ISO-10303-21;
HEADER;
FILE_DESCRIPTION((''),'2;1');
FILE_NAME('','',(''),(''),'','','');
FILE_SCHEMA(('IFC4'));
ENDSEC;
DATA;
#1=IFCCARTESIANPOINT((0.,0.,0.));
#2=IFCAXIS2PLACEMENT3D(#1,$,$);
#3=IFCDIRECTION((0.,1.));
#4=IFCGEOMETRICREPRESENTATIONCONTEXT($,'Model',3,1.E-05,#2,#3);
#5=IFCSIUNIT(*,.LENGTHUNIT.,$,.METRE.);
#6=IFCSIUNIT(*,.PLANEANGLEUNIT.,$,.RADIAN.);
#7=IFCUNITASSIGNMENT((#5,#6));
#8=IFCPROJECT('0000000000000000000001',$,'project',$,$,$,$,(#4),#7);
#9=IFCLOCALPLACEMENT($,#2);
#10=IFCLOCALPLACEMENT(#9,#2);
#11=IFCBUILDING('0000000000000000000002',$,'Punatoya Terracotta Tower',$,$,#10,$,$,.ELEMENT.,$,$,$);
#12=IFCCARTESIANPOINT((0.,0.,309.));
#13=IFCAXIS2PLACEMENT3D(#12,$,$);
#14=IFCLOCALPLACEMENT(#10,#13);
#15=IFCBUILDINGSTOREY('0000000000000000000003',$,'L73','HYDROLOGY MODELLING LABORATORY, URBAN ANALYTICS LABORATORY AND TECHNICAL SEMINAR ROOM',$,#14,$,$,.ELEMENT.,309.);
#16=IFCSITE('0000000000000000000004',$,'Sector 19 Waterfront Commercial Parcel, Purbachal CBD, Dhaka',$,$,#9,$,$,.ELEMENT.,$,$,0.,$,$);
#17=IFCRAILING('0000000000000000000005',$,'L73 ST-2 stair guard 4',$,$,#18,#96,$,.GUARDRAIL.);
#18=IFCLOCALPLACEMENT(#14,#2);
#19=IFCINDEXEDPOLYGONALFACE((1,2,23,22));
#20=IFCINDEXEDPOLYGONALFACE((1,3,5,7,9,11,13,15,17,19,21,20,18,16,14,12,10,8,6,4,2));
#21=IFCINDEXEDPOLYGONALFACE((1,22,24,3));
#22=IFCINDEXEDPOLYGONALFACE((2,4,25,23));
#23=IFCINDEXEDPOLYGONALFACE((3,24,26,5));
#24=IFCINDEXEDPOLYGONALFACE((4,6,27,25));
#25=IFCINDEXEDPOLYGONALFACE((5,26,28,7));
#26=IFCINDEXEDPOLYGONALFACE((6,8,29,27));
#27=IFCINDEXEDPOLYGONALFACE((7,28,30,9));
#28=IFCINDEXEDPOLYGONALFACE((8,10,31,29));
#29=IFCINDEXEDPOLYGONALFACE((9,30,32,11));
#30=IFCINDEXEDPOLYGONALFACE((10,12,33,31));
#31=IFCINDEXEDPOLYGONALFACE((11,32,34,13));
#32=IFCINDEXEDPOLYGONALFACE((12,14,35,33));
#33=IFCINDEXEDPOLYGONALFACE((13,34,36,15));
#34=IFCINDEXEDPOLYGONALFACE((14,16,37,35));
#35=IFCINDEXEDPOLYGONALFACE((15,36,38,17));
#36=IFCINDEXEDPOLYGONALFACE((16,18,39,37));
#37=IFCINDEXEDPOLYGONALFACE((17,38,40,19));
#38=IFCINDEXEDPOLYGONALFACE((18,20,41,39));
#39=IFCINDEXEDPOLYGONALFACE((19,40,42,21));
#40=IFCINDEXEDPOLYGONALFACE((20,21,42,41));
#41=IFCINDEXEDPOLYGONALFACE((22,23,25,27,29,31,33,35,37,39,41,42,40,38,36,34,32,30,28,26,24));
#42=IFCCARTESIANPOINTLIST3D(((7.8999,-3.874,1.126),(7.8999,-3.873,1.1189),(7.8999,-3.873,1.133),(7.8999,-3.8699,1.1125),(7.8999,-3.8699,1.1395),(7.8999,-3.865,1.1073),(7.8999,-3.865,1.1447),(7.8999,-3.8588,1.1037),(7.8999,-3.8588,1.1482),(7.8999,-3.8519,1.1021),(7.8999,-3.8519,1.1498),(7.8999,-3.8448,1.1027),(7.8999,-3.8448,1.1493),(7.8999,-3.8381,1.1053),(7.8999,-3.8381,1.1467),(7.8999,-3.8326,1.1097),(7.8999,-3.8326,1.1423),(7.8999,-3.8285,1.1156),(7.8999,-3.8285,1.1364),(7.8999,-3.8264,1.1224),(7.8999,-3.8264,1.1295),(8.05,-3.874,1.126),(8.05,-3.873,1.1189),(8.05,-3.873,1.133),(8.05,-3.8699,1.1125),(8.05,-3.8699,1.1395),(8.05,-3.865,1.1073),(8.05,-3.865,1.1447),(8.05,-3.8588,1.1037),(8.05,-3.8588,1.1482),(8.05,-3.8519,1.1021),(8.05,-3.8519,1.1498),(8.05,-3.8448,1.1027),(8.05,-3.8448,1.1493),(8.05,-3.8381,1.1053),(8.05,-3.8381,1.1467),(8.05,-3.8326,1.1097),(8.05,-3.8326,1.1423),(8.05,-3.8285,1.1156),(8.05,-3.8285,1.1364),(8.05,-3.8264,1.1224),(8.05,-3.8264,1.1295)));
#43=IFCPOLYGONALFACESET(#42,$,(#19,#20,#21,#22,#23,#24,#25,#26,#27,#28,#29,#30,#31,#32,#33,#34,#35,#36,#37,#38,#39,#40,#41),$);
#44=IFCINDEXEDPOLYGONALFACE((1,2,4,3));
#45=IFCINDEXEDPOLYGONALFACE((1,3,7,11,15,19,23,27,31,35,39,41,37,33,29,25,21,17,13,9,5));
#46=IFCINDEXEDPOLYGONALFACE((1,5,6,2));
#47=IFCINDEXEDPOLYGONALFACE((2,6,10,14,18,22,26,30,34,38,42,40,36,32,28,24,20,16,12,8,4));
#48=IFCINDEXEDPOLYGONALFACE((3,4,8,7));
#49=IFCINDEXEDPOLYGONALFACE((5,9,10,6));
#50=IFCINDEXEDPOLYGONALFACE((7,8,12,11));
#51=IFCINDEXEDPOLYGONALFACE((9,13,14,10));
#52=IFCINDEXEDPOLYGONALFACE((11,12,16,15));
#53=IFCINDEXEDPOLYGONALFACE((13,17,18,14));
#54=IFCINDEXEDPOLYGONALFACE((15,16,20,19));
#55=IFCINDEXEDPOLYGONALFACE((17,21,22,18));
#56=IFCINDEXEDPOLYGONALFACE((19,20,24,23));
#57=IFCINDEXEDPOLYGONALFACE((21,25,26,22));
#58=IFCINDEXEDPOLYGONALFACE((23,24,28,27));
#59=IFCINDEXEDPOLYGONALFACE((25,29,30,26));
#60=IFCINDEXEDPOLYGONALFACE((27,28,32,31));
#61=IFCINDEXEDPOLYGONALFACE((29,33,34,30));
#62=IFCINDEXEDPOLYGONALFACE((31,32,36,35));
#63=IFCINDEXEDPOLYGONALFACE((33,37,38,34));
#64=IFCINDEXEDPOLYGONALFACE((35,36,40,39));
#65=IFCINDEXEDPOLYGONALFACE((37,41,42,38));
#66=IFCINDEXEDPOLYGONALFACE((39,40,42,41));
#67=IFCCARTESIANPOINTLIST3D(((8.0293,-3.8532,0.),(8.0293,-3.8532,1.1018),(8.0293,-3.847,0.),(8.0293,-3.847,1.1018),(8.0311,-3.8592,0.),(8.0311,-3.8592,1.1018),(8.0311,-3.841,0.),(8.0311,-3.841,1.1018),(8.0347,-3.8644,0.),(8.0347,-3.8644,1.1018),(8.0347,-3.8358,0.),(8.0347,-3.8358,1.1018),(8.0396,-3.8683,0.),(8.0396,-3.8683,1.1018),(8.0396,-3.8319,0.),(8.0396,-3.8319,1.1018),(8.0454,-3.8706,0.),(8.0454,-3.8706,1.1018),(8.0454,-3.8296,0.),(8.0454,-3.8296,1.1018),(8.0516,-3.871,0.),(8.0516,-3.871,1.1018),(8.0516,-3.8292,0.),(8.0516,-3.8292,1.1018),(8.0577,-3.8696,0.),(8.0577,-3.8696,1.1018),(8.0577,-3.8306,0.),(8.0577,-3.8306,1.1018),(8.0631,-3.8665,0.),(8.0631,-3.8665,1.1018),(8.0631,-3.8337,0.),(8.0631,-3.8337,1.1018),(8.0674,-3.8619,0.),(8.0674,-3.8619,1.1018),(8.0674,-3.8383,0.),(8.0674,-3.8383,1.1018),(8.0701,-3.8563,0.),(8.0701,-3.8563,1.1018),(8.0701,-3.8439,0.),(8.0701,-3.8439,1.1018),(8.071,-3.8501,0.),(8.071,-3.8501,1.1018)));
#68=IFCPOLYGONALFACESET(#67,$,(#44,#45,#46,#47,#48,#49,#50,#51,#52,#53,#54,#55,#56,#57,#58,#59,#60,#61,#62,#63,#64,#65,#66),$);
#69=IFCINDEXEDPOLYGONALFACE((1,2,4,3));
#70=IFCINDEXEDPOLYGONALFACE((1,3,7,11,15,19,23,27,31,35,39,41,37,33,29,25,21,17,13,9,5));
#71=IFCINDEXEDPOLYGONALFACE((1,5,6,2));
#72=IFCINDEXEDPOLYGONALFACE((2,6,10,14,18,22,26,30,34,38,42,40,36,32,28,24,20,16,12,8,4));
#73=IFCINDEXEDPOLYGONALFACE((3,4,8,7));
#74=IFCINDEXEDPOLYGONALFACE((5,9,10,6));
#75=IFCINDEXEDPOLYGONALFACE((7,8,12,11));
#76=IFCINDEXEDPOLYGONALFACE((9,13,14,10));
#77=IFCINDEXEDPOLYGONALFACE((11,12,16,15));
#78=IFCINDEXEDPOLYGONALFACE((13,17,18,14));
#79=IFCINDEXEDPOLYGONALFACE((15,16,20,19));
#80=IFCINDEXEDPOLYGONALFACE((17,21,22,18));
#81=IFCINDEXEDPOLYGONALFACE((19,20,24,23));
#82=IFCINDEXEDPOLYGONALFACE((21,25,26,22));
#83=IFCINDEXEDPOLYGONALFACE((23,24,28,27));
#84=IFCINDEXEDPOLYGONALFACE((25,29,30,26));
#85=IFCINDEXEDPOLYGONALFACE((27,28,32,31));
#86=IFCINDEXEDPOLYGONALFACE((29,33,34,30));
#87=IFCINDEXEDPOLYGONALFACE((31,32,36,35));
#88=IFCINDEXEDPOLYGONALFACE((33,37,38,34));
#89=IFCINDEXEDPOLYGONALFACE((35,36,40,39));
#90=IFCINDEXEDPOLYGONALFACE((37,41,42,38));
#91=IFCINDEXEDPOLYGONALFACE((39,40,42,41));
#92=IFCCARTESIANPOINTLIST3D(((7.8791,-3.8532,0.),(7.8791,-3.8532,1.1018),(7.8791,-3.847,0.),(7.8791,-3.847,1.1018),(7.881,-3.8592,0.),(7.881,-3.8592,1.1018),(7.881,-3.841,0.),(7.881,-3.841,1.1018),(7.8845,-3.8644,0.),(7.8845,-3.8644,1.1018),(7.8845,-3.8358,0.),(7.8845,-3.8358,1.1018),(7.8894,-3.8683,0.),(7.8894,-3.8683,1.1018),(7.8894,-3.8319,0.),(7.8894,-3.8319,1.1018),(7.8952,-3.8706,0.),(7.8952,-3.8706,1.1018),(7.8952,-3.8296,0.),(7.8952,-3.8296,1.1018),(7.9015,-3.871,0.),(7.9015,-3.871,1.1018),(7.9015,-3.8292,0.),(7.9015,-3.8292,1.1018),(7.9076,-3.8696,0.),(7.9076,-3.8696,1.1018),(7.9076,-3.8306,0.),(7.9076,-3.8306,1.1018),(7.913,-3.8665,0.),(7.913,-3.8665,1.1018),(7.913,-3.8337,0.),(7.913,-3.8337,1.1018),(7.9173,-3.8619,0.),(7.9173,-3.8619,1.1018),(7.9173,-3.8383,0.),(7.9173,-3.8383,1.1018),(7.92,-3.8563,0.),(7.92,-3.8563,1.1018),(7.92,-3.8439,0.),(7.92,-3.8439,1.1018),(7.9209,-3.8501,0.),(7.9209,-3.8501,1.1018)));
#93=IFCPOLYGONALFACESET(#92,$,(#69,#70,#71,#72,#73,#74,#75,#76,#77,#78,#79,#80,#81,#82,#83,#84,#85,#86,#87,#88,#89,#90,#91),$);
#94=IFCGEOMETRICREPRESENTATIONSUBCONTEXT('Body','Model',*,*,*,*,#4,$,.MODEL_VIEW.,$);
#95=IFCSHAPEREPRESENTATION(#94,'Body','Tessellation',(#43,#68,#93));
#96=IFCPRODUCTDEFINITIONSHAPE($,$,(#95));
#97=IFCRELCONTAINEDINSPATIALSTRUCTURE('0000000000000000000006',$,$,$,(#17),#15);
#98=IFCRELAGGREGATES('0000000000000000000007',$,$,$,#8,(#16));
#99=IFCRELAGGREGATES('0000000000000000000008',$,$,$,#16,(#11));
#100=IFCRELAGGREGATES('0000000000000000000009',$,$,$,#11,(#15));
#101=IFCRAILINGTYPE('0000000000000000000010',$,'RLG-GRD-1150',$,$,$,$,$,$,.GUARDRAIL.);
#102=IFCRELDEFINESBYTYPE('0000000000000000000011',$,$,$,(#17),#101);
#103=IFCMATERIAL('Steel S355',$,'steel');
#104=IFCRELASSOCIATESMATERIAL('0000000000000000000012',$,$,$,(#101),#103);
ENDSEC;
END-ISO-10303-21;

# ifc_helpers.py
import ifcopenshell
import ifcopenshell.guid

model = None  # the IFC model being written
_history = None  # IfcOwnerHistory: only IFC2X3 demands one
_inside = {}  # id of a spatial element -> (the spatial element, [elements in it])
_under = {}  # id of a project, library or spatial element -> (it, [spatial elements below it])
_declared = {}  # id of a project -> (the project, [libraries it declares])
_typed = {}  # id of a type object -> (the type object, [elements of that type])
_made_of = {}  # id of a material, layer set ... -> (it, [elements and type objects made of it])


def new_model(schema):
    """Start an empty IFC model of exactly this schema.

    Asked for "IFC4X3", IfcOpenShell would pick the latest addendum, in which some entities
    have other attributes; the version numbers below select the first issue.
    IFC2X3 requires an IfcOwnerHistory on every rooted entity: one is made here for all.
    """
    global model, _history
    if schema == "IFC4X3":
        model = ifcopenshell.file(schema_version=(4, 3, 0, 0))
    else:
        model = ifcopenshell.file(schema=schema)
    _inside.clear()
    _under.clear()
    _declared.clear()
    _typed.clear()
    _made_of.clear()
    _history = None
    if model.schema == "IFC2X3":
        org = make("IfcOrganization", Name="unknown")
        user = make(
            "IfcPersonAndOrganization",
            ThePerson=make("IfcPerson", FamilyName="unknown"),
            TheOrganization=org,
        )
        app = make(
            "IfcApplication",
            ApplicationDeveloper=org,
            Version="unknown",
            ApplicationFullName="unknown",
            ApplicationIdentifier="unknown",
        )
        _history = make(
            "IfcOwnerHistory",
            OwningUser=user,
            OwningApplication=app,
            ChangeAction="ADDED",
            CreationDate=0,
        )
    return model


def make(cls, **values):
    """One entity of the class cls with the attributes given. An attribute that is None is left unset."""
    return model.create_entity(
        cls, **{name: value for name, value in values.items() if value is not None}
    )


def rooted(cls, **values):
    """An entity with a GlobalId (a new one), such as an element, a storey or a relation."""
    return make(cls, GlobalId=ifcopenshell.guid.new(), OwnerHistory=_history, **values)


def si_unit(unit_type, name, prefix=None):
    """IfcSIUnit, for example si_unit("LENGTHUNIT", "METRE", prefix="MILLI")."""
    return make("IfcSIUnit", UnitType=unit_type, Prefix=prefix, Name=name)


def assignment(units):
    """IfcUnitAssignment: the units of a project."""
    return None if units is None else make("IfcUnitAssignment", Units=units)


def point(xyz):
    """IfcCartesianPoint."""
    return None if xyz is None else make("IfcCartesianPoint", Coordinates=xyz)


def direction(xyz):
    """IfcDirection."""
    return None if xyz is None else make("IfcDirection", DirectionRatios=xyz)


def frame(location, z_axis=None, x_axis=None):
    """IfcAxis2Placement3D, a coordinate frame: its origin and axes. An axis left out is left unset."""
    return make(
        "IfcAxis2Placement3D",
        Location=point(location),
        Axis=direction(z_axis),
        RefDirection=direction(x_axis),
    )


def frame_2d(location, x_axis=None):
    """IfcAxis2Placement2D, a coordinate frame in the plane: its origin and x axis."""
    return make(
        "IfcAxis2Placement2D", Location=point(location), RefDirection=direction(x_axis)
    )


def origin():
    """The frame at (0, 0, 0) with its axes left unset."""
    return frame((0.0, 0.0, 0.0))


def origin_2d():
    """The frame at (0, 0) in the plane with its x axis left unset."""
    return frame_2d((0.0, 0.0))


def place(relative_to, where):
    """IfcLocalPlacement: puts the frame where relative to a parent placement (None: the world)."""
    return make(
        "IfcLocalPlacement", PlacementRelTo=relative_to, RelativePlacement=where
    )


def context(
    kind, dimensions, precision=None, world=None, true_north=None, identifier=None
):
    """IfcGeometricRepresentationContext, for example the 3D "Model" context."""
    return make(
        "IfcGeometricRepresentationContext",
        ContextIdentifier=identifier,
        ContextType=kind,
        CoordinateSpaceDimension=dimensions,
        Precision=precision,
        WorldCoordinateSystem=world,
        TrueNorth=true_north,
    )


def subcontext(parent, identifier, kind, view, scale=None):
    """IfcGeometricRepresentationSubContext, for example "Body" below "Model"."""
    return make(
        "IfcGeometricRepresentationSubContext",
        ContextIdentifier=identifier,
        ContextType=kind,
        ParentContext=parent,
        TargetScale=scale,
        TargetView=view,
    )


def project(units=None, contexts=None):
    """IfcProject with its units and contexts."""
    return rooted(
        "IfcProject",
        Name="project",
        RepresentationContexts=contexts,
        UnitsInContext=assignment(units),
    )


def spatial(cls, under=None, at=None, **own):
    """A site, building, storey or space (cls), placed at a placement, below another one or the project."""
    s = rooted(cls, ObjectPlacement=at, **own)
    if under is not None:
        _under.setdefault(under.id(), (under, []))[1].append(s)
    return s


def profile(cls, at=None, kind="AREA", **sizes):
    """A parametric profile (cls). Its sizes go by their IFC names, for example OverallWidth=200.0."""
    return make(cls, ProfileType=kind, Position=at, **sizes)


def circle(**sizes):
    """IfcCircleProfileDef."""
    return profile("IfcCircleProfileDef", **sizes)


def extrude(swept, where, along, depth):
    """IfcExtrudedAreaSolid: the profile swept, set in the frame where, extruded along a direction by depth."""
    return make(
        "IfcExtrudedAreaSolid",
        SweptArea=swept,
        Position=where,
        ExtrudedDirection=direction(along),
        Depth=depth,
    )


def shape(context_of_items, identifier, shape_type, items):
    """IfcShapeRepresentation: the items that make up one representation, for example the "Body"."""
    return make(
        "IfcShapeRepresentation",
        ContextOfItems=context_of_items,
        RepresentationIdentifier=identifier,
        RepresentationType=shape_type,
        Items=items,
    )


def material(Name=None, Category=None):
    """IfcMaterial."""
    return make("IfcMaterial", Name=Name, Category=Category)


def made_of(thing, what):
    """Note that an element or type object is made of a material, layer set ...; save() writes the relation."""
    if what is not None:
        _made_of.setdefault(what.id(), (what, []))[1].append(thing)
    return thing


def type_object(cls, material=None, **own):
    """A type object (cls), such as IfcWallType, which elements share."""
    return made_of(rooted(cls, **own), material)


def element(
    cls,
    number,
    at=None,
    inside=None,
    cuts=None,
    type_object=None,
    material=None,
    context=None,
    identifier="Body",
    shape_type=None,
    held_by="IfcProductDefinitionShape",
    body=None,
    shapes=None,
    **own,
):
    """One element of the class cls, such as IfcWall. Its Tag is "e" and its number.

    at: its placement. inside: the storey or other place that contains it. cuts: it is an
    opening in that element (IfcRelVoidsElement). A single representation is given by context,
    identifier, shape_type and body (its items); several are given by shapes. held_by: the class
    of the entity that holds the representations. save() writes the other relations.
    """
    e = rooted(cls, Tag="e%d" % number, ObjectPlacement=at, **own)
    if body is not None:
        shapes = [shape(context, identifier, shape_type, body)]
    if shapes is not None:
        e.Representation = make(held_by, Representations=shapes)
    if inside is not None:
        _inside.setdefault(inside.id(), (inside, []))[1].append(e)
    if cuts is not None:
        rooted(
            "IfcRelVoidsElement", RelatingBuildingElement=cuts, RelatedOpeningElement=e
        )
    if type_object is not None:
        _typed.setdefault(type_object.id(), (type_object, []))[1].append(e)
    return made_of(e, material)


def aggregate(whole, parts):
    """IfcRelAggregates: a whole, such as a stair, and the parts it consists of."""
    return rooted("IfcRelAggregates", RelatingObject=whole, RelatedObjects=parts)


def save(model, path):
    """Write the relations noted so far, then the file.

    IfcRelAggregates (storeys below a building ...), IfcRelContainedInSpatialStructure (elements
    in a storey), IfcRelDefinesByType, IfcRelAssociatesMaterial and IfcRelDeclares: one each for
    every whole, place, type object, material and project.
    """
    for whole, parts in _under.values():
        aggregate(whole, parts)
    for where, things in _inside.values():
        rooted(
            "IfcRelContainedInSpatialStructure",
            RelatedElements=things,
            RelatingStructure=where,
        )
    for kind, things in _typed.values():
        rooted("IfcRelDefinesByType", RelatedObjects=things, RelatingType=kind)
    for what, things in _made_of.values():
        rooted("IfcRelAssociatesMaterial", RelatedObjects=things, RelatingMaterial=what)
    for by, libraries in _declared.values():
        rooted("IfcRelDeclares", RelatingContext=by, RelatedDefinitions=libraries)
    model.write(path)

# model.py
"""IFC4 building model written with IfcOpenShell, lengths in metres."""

from ifc_helpers import new_model, si_unit, direction, frame, origin, origin_2d, place, context, subcontext, project, spatial, circle, extrude, material, type_object, element, save


model = new_model("IFC4")

# Units and contexts
model_context = context("Model", 3, precision=1e-05, world=origin(), true_north=direction((0.0, 1.0)))
body_context = subcontext(model_context, "Body", "Model", "MODEL_VIEW")
ifc_project = project(units=[si_unit("LENGTHUNIT", "METRE"), si_unit("PLANEANGLEUNIT", "RADIAN")], contexts=[model_context])

# Site, building, storey
site_placement = place(None, origin())
site = spatial("IfcSite", under=ifc_project, at=site_placement, Name="Sector 19 Waterfront Commercial Parcel, Purbachal CBD, Dhaka", CompositionType="ELEMENT", RefElevation=0.0)
building_placement = place(site_placement, origin())
building = spatial("IfcBuilding", under=site, at=building_placement, Name="Punatoya Terracotta Tower", CompositionType="ELEMENT")
storey_placement = place(building_placement, frame((0.0, 0.0, 309.0)))
storey = spatial("IfcBuildingStorey", under=building, at=storey_placement, Name="L73", Description="HYDROLOGY MODELLING LABORATORY, URBAN ANALYTICS LABORATORY AND TECHNICAL SEMINAR ROOM", CompositionType="ELEMENT", Elevation=309.0)

# Shared definitions
ifc_material_1 = material(Name="Steel S355", Category="steel")

# Railing
railing_type_1 = type_object("IfcRailingType", Name="RLG-GRD-1150", PredefinedType="GUARDRAIL", material=ifc_material_1)
railing_1_placement = place(storey_placement, frame((8.05, -3.8501, 0.0)))
element("IfcRailing", 1, at=railing_1_placement, inside=storey, type_object=railing_type_1, Name="L73 ST-2 stair guard 4", PredefinedType="GUARDRAIL", context=body_context, shape_type="SweptSolid", body=[
    extrude(circle(Radius=0.0239, at=origin_2d()), frame((0.0, 0.0, 1.126), z_axis=(-1.0, 0.0, 0.0), x_axis=(0.0, -1.0, 0.0)), (0.0, 0.0, 1.0), 0.1501),
    extrude(circle(Radius=0.021, at=origin_2d()), origin(), (0.0, 0.0, 1.0), 1.1018),
    extrude(circle(Radius=0.021, at=origin_2d()), frame((-0.1501, 0.0, 0.0)), (0.0, 0.0, 1.0), 1.1018),
])

save(model, "model.ifc")
